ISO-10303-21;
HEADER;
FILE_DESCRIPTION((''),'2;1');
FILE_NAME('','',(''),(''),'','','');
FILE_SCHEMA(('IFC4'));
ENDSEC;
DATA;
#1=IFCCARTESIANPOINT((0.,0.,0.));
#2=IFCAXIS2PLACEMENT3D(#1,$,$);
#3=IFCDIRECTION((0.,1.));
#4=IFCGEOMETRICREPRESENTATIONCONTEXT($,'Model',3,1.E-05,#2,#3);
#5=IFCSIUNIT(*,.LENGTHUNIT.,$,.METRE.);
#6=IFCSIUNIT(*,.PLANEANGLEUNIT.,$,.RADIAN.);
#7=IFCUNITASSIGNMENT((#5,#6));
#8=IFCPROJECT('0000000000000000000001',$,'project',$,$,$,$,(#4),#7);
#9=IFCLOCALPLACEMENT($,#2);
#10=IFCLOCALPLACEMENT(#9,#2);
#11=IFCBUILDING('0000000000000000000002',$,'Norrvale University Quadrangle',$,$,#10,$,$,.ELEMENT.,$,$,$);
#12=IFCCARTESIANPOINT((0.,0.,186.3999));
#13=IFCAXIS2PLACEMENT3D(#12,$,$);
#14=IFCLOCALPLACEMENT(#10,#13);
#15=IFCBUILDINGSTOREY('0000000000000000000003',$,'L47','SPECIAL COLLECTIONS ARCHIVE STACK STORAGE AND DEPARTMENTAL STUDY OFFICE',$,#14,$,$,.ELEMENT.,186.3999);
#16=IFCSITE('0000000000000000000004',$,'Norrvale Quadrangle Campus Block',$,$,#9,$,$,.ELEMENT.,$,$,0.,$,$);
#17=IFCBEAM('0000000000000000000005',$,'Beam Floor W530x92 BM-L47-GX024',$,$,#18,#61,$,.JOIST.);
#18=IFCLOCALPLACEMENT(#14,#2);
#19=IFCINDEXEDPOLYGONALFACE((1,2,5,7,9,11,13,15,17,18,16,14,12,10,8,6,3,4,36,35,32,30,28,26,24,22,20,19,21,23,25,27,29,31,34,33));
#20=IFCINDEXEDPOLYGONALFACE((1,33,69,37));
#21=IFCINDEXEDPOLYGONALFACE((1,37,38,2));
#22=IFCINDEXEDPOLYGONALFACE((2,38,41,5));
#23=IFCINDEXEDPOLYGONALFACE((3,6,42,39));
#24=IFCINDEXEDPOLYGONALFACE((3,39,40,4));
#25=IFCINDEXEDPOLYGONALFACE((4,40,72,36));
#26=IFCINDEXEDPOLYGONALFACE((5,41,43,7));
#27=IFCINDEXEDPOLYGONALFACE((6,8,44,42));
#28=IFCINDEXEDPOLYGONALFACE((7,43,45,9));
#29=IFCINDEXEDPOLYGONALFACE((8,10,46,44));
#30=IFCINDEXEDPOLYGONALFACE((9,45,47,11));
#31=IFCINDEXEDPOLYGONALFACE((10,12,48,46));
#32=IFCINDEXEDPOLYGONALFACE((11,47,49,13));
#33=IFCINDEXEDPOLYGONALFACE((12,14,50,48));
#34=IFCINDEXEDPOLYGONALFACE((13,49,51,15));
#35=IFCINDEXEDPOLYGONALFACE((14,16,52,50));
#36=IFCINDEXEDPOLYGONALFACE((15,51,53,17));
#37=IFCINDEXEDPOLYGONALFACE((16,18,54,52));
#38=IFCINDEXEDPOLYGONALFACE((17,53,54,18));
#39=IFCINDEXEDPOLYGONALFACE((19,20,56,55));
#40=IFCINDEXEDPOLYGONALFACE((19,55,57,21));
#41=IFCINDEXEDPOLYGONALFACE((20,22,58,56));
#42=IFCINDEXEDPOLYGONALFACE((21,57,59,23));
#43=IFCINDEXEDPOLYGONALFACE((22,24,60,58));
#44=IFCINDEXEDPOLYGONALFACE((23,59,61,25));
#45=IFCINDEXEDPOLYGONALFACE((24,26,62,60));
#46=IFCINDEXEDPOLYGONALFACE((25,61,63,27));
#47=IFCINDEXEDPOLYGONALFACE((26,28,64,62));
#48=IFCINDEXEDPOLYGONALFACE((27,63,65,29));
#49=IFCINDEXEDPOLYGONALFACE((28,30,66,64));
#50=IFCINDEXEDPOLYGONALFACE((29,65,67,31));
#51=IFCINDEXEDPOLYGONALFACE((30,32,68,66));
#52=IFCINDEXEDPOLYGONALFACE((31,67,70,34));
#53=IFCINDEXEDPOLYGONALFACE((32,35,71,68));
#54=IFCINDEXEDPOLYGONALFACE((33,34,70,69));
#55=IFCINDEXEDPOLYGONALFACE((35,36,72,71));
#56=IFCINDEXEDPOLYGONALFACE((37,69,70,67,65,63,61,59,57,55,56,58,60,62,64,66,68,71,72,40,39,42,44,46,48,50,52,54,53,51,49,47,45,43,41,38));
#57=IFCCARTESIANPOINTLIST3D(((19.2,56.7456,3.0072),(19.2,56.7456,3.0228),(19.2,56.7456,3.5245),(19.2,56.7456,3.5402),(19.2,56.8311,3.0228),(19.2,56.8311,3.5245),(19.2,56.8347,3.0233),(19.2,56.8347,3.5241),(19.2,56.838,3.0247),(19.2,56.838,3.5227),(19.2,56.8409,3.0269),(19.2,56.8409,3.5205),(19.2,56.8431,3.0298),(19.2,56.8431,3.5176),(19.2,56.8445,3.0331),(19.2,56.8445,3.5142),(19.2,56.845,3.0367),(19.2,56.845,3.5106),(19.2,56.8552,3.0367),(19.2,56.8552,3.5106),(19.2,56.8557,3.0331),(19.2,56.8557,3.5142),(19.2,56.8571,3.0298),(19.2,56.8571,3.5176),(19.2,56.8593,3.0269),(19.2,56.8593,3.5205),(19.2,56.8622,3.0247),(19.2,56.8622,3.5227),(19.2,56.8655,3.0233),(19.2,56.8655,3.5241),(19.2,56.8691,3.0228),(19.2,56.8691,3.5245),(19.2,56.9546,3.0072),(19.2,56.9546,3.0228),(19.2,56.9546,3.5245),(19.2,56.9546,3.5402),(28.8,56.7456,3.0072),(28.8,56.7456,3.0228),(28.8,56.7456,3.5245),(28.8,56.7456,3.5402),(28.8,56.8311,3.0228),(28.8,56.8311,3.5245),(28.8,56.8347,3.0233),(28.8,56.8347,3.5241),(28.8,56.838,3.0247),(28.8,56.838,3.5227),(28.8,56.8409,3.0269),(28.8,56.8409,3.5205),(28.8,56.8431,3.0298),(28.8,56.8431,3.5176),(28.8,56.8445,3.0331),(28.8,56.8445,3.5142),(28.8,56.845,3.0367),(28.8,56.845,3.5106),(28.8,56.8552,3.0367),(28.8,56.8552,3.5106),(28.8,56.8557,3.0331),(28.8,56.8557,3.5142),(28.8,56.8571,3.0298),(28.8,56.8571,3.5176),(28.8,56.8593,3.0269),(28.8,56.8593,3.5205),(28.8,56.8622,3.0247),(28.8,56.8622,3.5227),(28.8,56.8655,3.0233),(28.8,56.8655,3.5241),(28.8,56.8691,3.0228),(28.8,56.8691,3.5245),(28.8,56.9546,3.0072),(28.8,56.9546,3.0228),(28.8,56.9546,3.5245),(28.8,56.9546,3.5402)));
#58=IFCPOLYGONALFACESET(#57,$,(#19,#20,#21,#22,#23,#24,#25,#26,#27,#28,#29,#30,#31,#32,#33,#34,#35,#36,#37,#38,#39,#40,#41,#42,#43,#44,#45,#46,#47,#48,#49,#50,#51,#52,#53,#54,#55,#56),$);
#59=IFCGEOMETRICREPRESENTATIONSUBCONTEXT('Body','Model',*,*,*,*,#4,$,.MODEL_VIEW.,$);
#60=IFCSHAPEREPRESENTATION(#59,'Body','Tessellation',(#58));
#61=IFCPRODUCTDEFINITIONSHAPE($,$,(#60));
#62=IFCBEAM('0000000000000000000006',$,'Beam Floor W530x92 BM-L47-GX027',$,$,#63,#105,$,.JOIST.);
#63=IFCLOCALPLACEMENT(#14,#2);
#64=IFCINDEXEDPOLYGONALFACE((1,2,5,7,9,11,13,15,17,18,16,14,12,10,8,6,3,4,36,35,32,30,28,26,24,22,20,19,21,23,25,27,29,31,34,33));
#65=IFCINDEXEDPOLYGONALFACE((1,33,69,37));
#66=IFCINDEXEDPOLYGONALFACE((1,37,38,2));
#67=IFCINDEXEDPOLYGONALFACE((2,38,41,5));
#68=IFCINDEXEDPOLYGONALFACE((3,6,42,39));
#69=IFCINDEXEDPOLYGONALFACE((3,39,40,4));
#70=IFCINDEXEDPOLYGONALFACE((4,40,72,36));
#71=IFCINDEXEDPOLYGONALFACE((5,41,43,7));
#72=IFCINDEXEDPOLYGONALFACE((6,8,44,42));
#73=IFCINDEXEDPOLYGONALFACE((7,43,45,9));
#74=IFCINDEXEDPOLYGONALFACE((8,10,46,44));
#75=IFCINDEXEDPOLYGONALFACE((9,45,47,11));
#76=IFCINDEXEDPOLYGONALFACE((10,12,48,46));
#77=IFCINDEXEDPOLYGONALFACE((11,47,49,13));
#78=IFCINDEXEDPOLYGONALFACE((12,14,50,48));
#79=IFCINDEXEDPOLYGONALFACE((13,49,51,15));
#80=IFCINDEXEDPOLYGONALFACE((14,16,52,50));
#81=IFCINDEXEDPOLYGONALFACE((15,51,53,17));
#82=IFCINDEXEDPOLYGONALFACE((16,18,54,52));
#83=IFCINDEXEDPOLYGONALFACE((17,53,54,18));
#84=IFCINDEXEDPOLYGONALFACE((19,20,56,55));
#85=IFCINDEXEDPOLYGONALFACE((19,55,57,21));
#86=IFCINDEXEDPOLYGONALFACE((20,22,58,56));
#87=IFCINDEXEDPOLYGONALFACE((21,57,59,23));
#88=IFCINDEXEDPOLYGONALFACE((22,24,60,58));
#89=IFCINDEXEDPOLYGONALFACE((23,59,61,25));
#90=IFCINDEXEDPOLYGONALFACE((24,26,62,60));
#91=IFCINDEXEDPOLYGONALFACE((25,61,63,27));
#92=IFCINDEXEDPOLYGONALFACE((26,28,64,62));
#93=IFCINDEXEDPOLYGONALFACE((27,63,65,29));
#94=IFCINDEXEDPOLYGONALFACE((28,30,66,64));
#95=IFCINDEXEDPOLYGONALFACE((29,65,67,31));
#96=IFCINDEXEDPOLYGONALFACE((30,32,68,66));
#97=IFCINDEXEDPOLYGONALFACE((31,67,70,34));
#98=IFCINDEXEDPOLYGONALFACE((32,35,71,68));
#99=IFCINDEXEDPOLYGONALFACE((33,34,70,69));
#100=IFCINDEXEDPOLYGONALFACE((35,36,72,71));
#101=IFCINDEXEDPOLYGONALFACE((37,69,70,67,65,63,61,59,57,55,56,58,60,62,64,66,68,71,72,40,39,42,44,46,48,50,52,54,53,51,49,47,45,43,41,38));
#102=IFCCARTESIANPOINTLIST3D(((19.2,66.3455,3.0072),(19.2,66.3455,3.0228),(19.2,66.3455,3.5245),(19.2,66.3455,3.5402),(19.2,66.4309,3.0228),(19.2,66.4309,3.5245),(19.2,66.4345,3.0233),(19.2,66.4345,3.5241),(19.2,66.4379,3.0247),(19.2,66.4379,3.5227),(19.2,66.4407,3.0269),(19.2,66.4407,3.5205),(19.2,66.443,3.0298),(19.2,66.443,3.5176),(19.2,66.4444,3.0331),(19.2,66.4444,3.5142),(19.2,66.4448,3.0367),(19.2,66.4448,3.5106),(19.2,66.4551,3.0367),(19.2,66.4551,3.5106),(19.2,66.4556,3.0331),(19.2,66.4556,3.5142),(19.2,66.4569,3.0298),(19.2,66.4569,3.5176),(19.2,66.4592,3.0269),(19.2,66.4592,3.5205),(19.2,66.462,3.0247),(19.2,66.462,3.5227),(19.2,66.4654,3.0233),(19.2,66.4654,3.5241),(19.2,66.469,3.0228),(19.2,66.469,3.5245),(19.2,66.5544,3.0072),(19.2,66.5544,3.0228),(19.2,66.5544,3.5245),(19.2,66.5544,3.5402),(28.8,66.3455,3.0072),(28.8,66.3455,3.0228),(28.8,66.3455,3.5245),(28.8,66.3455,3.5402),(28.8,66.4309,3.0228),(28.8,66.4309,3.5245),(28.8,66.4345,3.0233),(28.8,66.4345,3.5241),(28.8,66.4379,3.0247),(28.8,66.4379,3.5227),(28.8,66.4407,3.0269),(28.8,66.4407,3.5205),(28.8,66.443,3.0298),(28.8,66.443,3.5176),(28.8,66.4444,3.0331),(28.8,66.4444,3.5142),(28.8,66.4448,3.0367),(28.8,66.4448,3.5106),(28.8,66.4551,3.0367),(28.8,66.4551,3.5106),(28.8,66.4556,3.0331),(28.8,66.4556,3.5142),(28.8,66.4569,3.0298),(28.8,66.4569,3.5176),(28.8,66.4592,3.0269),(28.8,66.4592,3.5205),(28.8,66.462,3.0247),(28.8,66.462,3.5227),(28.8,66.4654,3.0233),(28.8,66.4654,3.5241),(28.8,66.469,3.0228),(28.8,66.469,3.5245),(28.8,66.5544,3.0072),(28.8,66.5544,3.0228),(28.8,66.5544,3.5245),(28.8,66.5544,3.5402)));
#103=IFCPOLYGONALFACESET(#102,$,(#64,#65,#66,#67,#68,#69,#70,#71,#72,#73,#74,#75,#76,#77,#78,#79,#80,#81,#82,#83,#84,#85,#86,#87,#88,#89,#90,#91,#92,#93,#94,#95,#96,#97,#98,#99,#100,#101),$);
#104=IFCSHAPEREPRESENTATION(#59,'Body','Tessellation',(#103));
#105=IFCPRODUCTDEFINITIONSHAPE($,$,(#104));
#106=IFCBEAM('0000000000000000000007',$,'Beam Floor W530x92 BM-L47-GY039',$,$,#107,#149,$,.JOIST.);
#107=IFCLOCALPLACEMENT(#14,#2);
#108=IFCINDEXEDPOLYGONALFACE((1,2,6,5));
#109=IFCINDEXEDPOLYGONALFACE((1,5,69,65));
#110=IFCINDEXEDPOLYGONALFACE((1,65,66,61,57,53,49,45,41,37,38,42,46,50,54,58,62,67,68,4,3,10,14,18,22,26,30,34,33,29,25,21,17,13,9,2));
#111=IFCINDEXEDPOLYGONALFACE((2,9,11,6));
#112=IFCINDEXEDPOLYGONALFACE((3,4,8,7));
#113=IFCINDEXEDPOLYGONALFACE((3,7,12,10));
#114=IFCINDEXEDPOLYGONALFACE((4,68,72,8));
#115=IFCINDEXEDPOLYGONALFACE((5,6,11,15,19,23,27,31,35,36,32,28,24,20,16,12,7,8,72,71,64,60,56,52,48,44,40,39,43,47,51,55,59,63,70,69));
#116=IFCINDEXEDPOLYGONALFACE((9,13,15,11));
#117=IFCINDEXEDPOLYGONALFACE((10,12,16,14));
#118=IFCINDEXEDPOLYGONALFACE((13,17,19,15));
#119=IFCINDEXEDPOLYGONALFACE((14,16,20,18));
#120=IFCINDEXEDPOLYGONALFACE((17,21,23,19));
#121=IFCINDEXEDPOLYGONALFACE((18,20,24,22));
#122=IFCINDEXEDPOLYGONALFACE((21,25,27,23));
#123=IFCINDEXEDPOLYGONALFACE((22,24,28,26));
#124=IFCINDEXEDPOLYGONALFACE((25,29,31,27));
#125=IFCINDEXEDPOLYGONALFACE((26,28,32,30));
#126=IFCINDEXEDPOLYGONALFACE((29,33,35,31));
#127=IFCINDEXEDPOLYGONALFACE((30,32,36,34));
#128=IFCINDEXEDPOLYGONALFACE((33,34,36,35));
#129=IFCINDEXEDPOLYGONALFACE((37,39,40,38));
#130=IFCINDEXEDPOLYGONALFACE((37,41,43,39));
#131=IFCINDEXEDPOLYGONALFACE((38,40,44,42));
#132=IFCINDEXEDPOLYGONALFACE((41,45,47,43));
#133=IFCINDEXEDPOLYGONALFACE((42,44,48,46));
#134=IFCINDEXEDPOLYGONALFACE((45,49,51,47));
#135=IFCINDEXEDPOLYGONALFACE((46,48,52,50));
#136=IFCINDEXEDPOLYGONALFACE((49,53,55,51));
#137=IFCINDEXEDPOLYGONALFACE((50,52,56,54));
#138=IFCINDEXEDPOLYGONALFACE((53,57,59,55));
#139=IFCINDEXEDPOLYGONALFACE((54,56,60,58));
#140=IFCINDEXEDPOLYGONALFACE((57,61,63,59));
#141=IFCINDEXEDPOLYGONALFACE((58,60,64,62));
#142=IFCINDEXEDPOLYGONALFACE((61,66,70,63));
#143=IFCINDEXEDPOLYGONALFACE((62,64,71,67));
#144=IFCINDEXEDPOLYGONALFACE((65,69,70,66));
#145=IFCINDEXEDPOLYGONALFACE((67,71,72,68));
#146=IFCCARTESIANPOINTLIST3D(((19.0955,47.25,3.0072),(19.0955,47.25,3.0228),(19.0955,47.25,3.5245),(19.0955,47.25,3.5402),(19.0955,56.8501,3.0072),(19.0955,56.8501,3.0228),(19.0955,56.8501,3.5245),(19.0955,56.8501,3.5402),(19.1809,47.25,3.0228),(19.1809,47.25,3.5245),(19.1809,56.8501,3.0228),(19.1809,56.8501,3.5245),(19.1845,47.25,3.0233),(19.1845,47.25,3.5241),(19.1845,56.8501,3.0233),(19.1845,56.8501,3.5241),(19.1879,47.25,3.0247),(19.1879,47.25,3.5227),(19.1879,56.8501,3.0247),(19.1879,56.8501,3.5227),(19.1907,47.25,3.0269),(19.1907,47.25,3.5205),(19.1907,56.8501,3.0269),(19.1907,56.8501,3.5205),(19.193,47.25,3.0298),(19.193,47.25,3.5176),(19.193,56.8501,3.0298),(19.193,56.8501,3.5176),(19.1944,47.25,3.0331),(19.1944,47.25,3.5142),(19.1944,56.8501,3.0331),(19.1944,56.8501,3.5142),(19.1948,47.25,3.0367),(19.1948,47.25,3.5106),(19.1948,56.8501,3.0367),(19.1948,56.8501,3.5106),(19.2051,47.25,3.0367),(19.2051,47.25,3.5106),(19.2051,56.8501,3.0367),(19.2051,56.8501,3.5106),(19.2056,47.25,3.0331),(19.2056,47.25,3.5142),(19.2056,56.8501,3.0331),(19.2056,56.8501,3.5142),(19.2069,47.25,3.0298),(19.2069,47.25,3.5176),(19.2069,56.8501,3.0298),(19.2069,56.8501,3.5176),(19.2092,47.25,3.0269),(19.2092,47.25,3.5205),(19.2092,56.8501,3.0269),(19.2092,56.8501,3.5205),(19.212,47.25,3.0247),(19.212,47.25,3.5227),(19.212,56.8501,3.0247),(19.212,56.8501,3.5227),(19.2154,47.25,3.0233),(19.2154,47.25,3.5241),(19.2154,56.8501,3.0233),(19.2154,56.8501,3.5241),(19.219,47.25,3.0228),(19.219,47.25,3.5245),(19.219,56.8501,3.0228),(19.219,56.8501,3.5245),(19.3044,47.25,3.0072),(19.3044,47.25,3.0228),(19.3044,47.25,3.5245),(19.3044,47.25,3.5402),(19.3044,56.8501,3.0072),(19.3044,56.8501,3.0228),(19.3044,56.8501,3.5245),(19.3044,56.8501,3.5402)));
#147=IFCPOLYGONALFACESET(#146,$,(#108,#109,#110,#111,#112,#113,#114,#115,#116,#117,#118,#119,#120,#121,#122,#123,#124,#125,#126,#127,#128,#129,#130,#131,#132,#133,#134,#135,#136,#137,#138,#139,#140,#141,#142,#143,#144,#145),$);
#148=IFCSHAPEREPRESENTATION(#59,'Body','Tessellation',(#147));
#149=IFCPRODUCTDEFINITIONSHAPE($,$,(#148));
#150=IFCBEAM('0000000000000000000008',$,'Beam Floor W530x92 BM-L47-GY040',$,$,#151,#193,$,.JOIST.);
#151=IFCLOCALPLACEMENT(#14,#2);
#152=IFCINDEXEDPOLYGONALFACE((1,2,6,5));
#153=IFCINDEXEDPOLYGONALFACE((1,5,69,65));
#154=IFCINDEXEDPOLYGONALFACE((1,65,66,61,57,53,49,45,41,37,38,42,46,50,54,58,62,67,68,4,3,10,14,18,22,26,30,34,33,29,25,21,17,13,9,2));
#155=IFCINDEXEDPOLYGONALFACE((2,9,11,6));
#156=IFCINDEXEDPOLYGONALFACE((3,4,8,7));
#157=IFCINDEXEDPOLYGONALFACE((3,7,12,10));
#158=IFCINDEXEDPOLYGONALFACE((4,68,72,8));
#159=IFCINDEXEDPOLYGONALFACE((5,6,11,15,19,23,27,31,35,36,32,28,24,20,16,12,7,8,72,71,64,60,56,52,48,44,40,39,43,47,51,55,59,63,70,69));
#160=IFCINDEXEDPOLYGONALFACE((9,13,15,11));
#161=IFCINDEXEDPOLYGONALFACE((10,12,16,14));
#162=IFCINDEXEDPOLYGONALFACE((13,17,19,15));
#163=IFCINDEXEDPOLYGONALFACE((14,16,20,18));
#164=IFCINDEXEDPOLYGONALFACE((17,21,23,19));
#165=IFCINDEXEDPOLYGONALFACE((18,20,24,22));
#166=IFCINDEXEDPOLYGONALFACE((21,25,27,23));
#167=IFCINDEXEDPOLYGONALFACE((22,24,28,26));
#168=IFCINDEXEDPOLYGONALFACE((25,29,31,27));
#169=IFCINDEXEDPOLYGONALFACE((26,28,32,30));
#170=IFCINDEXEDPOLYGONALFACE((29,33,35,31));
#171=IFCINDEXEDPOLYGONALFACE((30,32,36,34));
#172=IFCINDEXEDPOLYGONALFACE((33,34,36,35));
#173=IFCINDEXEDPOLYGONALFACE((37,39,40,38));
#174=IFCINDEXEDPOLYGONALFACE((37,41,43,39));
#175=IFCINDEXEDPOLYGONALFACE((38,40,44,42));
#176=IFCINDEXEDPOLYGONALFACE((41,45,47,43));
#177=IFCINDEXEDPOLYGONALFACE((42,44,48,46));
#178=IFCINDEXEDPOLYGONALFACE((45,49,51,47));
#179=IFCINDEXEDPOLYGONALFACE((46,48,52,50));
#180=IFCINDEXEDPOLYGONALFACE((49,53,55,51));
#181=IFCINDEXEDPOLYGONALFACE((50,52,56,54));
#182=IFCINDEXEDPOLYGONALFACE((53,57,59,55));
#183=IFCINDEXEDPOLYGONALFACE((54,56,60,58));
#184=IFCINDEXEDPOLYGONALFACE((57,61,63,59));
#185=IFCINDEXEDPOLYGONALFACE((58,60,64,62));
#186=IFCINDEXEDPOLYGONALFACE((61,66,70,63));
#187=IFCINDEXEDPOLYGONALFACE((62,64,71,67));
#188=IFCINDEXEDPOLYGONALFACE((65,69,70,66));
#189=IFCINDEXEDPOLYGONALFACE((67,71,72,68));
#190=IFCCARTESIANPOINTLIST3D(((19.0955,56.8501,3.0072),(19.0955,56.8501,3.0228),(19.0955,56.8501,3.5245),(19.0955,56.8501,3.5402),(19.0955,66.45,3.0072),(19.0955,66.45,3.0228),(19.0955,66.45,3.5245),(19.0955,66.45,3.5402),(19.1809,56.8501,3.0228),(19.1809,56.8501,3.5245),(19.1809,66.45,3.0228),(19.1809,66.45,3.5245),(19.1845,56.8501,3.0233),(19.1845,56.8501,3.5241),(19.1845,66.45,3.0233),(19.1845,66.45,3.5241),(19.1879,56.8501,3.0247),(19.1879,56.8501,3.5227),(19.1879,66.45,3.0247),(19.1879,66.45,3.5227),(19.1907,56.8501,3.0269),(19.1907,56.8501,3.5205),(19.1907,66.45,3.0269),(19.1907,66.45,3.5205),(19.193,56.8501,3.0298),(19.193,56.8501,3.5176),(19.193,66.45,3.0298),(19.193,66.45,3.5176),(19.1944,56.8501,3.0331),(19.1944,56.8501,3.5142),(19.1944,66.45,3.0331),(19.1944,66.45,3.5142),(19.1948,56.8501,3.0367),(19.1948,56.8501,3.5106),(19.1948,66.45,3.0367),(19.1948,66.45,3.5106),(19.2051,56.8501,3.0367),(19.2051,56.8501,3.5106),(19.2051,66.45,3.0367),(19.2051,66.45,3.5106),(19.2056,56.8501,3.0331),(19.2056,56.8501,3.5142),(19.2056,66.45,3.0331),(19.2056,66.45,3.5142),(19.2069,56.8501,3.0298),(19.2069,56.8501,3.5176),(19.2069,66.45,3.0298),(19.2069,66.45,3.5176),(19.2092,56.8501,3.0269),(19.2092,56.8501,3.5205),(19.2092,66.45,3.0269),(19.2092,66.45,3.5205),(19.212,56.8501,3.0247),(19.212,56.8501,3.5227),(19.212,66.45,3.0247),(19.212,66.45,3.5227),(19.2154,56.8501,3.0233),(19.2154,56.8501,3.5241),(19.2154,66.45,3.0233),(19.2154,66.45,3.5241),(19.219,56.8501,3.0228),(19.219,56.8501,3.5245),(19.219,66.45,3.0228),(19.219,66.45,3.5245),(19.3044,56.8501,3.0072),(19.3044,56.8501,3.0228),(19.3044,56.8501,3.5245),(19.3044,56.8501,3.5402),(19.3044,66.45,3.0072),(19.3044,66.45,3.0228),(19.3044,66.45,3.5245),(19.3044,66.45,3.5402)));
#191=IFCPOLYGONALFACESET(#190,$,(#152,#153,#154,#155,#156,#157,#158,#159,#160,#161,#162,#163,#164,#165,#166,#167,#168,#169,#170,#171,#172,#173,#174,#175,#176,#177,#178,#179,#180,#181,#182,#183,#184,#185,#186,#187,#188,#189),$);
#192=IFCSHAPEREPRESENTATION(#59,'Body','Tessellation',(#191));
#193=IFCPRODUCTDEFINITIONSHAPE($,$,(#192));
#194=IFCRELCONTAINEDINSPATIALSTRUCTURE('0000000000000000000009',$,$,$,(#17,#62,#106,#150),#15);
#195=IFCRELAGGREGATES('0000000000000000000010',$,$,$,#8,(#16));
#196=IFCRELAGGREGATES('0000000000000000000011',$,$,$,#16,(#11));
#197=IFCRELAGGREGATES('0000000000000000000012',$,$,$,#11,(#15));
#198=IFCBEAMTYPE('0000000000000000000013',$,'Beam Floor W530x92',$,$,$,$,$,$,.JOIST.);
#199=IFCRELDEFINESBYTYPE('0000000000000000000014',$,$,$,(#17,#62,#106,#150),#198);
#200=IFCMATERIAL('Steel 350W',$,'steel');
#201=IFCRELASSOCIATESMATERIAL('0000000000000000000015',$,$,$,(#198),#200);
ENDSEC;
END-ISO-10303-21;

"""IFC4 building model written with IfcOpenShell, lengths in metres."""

from ifc_helpers import new_model, si_unit, direction, frame, origin, origin_2d, place, context, subcontext, project, spatial, i_section, extrude, material, material_profile, profile_set, type_object, element, save


model = new_model("IFC4")

# Units and contexts
model_context = context("Model", 3, precision=1e-05, world=origin(), true_north=direction((0.0, 1.0)))
body_context = subcontext(model_context, "Body", "Model", "MODEL_VIEW")
ifc_project = project(units=[si_unit("LENGTHUNIT", "METRE"), si_unit("PLANEANGLEUNIT", "RADIAN")], contexts=[model_context])

# Site, building, storey
site_placement = place(None, origin())
site = spatial("IfcSite", under=ifc_project, at=site_placement, Name="Norrvale Quadrangle Campus Block", CompositionType="ELEMENT", RefElevation=0.0)
building_placement = place(site_placement, origin())
building = spatial("IfcBuilding", under=site, at=building_placement, Name="Norrvale University Quadrangle", CompositionType="ELEMENT")
storey_placement = place(building_placement, frame((0.0, 0.0, 186.3999)))
storey = spatial("IfcBuildingStorey", under=building, at=storey_placement, Name="L47", Description="SPECIAL COLLECTIONS ARCHIVE STACK STORAGE AND DEPARTMENTAL STUDY OFFICE", CompositionType="ELEMENT", Elevation=186.3999)

# Beams
ifc_material_1 = material(Name="Steel 350W", Category="steel")
ifc_material_profile_1 = material_profile(ifc_material_1, i_section(OverallWidth=0.209, OverallDepth=0.533, WebThickness=0.0103, FlangeThickness=0.0156, FilletRadius=0.0139, at=origin_2d()), Name="Steel 350W")
ifc_profile_set_1 = profile_set([ifc_material_profile_1], Name="Steel 350W")
beam_type_1 = type_object("IfcBeamType", Name="Beam Floor W530x92", PredefinedType="JOIST", material=ifc_profile_set_1)
for number, where, z_axis, x_axis, name in (
    (1, (19.2, 56.8501, 3.2737), (1.0, 0.0, 0.0), (0.0, 1.0, 0.0), "Beam Floor W530x92 BM-L47-GX024"),
    (2, (19.2, 66.45, 3.2737), (1.0, 0.0, 0.0), (0.0, 1.0, 0.0), "Beam Floor W530x92 BM-L47-GX027"),
    (3, (19.2, 47.25, 3.2737), (0.0, 1.0, 0.0), (-1.0, 0.0, 0.0), "Beam Floor W530x92 BM-L47-GY039"),
):
    element("IfcBeam", number, at=place(storey_placement, frame(where, z_axis=z_axis, x_axis=x_axis)), inside=storey, type_object=beam_type_1, Name=name, PredefinedType="JOIST", context=body_context, shape_type="SweptSolid", body=[
        extrude(i_section(OverallWidth=0.209, OverallDepth=0.533, WebThickness=0.0103, FlangeThickness=0.0156, FilletRadius=0.0139, at=origin_2d()), origin(), (0.0, 0.0, 1.0), 9.6001),
    ])
beam_1_placement = place(storey_placement, frame((19.2, 56.8501, 3.2737), z_axis=(0.0, 1.0, 0.0), x_axis=(-1.0, 0.0, 0.0)))
element("IfcBeam", 4, at=beam_1_placement, inside=storey, type_object=beam_type_1, Name="Beam Floor W530x92 BM-L47-GY040", PredefinedType="JOIST", context=body_context, shape_type="SweptSolid", body=[
    extrude(i_section(OverallWidth=0.209, OverallDepth=0.533, WebThickness=0.0103, FlangeThickness=0.0156, FilletRadius=0.0139, at=origin_2d()), origin(), (0.0, 0.0, 1.0), 9.5999),
])

save(model, "model.ifc")
